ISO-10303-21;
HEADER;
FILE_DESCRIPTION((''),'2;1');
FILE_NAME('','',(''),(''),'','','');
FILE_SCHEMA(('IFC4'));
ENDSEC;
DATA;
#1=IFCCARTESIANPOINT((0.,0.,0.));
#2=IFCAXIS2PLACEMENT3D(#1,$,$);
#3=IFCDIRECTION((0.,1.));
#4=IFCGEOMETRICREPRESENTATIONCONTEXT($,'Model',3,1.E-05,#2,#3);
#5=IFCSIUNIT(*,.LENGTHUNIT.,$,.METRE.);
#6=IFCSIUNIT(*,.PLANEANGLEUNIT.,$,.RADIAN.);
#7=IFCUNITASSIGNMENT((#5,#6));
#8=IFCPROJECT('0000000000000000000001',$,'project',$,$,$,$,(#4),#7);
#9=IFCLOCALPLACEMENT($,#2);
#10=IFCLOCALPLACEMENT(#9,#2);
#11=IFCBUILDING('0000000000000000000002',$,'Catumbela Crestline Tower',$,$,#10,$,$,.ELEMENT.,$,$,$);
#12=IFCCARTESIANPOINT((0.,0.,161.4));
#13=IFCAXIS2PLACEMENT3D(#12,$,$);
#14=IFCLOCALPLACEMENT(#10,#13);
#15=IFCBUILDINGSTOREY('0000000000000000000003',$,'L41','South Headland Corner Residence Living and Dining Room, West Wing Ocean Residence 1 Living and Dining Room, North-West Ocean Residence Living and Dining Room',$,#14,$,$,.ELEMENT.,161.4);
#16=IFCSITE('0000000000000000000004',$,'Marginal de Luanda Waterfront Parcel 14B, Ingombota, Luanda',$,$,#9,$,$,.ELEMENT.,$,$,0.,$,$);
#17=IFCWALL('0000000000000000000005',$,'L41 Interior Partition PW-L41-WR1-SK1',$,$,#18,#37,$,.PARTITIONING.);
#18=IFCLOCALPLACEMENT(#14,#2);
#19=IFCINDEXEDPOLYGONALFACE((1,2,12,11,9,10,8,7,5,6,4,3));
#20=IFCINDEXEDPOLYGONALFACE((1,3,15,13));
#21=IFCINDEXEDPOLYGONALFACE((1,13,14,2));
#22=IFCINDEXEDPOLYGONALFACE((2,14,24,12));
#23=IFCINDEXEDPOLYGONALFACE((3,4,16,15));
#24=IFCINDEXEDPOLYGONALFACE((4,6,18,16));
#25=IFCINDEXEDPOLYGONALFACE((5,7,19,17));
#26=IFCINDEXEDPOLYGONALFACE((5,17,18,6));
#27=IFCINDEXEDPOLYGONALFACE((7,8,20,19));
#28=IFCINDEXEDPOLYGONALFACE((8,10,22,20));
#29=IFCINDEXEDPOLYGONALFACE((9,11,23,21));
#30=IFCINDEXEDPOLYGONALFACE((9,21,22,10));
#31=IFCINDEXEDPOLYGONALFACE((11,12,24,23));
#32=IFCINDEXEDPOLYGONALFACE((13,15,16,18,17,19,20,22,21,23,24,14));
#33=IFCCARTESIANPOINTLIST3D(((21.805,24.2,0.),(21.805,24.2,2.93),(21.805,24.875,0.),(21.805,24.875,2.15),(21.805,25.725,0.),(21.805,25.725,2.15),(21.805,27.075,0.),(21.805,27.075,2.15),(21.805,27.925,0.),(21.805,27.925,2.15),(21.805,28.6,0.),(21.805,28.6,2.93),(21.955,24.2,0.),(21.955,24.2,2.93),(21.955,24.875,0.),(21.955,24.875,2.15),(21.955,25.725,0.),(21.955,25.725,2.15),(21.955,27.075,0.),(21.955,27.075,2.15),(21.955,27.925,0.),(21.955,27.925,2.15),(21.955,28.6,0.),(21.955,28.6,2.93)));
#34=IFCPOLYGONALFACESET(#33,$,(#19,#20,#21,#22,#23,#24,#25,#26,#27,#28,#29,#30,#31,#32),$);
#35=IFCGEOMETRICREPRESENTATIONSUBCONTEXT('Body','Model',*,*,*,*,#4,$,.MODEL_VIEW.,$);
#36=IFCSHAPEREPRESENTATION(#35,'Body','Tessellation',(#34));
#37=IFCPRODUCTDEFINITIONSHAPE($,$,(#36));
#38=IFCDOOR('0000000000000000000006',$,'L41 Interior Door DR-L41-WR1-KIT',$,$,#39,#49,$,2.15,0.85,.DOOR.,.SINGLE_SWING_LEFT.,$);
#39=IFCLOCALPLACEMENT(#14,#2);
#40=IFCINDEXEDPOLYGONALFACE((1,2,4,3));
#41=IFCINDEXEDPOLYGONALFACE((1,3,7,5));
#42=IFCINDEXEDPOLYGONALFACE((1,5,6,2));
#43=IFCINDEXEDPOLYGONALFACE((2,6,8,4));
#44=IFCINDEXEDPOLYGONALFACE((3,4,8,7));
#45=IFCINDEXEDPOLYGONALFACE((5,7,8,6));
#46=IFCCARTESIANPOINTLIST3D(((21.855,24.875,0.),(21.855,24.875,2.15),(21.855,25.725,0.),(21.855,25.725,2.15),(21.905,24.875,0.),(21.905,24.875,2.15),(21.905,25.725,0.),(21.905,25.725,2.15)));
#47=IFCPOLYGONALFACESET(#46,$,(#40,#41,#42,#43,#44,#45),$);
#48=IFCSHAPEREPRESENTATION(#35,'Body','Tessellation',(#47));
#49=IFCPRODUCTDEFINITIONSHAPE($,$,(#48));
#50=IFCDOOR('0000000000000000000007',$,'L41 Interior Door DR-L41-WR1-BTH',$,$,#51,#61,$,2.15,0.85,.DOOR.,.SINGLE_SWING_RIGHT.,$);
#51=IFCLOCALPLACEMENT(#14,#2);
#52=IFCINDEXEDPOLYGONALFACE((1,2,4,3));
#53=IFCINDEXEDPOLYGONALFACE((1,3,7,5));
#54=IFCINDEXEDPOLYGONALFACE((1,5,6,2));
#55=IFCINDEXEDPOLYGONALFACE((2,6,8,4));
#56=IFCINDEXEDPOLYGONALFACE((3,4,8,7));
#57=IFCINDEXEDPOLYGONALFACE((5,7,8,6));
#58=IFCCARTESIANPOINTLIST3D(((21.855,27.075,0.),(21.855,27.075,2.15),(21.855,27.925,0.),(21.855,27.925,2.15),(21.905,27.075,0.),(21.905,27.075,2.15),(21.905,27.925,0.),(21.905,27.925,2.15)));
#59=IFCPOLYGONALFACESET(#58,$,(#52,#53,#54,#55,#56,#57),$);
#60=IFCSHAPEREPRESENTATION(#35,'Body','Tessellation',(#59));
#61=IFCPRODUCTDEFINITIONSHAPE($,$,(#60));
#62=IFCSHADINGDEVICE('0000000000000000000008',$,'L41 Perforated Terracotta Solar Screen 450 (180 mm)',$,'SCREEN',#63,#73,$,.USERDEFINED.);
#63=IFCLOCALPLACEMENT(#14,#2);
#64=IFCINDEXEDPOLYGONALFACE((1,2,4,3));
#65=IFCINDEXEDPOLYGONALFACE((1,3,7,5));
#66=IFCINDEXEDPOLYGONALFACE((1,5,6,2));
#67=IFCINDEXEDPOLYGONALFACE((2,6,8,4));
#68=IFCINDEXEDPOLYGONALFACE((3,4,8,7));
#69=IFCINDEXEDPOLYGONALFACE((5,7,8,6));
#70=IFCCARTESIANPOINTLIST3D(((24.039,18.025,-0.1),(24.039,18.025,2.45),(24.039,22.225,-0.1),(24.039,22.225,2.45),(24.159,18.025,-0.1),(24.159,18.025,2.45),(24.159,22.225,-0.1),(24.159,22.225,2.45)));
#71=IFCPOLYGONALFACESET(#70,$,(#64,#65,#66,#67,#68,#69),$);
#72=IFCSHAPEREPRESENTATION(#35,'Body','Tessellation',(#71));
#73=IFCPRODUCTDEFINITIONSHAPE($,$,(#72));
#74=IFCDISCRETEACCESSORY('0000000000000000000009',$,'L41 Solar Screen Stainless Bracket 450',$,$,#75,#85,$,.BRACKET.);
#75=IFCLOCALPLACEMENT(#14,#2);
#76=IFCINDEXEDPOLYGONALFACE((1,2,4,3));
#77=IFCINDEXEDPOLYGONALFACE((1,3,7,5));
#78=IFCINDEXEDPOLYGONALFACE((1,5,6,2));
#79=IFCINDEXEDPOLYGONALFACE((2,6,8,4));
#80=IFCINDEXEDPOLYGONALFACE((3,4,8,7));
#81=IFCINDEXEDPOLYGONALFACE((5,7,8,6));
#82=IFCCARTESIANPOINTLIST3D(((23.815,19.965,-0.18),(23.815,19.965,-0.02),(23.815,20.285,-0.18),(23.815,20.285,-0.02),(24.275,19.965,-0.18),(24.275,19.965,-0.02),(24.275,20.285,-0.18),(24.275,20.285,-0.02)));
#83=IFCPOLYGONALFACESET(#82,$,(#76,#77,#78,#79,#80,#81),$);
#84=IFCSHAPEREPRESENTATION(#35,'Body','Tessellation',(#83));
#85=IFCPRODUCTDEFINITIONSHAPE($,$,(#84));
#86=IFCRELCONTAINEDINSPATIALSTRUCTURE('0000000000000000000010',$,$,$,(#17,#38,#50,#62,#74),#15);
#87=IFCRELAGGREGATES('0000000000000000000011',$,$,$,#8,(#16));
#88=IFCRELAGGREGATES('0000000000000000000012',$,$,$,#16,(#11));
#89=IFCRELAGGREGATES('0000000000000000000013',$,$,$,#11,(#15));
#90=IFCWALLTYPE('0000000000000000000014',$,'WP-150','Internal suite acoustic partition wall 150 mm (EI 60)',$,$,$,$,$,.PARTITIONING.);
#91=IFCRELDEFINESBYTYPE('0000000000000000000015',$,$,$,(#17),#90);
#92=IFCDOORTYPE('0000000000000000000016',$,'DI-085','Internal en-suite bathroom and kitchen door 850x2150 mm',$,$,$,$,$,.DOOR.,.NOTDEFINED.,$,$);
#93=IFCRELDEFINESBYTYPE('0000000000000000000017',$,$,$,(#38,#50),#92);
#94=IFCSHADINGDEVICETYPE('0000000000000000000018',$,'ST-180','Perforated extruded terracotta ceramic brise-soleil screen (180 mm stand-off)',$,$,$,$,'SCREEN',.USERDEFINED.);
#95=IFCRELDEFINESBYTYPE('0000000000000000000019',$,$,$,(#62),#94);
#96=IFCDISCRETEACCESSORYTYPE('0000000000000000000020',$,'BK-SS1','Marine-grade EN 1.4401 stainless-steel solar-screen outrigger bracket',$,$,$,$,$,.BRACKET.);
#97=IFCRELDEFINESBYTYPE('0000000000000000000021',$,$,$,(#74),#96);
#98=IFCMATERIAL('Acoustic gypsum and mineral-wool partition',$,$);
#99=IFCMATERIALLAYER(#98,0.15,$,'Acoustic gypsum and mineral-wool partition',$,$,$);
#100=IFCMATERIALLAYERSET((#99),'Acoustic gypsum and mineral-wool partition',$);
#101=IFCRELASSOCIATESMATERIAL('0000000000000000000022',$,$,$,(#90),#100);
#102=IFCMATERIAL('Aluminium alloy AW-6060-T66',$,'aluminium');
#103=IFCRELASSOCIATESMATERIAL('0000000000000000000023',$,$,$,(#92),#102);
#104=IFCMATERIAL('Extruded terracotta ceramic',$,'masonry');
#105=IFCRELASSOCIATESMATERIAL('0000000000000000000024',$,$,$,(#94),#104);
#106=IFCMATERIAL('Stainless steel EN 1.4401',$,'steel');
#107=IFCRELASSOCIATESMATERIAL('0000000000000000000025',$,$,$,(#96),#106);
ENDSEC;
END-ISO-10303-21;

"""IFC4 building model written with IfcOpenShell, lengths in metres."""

from ifc_helpers import new_model, si_unit, direction, frame, frame_2d, origin, origin_2d, place, context, subcontext, project, spatial, rectangle, extrude, material, layer, layer_set, type_object, element, fill, save


model = new_model("IFC4")

# Units and contexts
model_context = context("Model", 3, precision=1e-05, world=origin(), true_north=direction((0.0, 1.0)))
body_context = subcontext(model_context, "Body", "Model", "MODEL_VIEW")
ifc_project = project(units=[si_unit("LENGTHUNIT", "METRE"), si_unit("PLANEANGLEUNIT", "RADIAN")], contexts=[model_context])

# Site, building, storey
site_placement = place(None, origin())
site = spatial("IfcSite", under=ifc_project, at=site_placement, Name="Marginal de Luanda Waterfront Parcel 14B, Ingombota, Luanda", CompositionType="ELEMENT", RefElevation=0.0)
building_placement = place(site_placement, origin())
building = spatial("IfcBuilding", under=site, at=building_placement, Name="Catumbela Crestline Tower", CompositionType="ELEMENT")
storey_placement = place(building_placement, frame((0.0, 0.0, 161.4)))
storey = spatial("IfcBuildingStorey", under=building, at=storey_placement, Name="L41", Description="South Headland Corner Residence Living and Dining Room, West Wing Ocean Residence 1 Living and Dining Room, North-West Ocean Residence Living and Dining Room", CompositionType="ELEMENT", Elevation=161.4)

# Shared definitions
ifc_material_1 = material(Name="Aluminium alloy AW-6060-T66", Category="aluminium")

# Shared definitions
ifc_material_2 = material(Name="Acoustic gypsum and mineral-wool partition")
ifc_layer_1 = layer(ifc_material_2, 0.15, Name="Acoustic gypsum and mineral-wool partition")
ifc_layer_set_1 = layer_set([ifc_layer_1], Name="Acoustic gypsum and mineral-wool partition")
wall_type_1 = type_object("IfcWallType", Name="WP-150", Description="Internal suite acoustic partition wall 150 mm (EI 60)", PredefinedType="PARTITIONING", material=ifc_layer_set_1)

# Wall, openings, doors
door_type_1 = type_object("IfcDoorType", Name="DI-085", Description="Internal en-suite bathroom and kitchen door 850x2150 mm", OperationType="NOTDEFINED", PredefinedType="DOOR", material=ifc_material_1)
wall_1_placement = place(storey_placement, frame((21.88, 24.2, 0.0), z_axis=(0.0, 0.0, 1.0), x_axis=(0.0, 1.0, 0.0)))
wall_1 = element("IfcWall", 1, at=wall_1_placement, inside=storey, type_object=wall_type_1, Name="L41 Interior Partition PW-L41-WR1-SK1", PredefinedType="PARTITIONING", context=body_context, shape_type="SweptSolid", body=[
    extrude(rectangle(XDim=4.4, YDim=0.15, at=frame_2d((2.2, 0.0))), origin(), (0.0, 0.0, 1.0), 2.93),
])
opening_1_placement = place(wall_1_placement, frame((0.675, 0.0, 0.0)))
opening_1 = element("IfcOpeningElement", 2, at=opening_1_placement, cuts=wall_1, PredefinedType="OPENING", context=body_context, shape_type="SweptSolid", body=[
    extrude(rectangle(XDim=0.85, YDim=2.15, at=frame_2d((0.425, 1.075))), frame((0.0, 0.085, 0.0), z_axis=(0.0, -1.0, 0.0), x_axis=(1.0, 0.0, 0.0)), (0.0, 0.0, 1.0), 0.17),
])
opening_2_placement = place(wall_1_placement, frame((2.875, 0.0, 0.0)))
opening_2 = element("IfcOpeningElement", 3, at=opening_2_placement, cuts=wall_1, PredefinedType="OPENING", context=body_context, shape_type="SweptSolid", body=[
    extrude(rectangle(XDim=0.85, YDim=2.15, at=frame_2d((0.425, 1.075))), frame((0.0, 0.085, 0.0), z_axis=(0.0, -1.0, 0.0), x_axis=(1.0, 0.0, 0.0)), (0.0, 0.0, 1.0), 0.17),
])
door_1_placement = place(opening_1_placement, origin())
door_1 = element("IfcDoor", 4, at=door_1_placement, inside=storey, type_object=door_type_1, Name="L41 Interior Door DR-L41-WR1-KIT", OperationType="SINGLE_SWING_LEFT", OverallHeight=2.15, OverallWidth=0.85, PredefinedType="DOOR", context=body_context, shape_type="SweptSolid", body=[
    extrude(rectangle(XDim=0.85, YDim=2.15, at=frame_2d((0.425, 1.075))), frame((0.0, 0.025, 0.0), z_axis=(0.0, -1.0, 0.0), x_axis=(1.0, 0.0, 0.0)), (0.0, 0.0, 1.0), 0.05),
])
fill(opening_1, door_1)
door_2_placement = place(opening_2_placement, origin())
door_2 = element("IfcDoor", 5, at=door_2_placement, inside=storey, type_object=door_type_1, Name="L41 Interior Door DR-L41-WR1-BTH", OperationType="SINGLE_SWING_RIGHT", OverallHeight=2.15, OverallWidth=0.85, PredefinedType="DOOR", context=body_context, shape_type="SweptSolid", body=[
    extrude(rectangle(XDim=0.85, YDim=2.15, at=frame_2d((0.425, 1.075))), frame((0.0, 0.025, 0.0), z_axis=(0.0, -1.0, 0.0), x_axis=(1.0, 0.0, 0.0)), (0.0, 0.0, 1.0), 0.05),
])
fill(opening_2, door_2)

# Shared definitions
ifc_material_3 = material(Name="Stainless steel EN 1.4401", Category="steel")

# Shading device
ifc_material_4 = material(Name="Extruded terracotta ceramic", Category="masonry")
shading_device_type = type_object("IfcShadingDeviceType", Name="ST-180", Description="Perforated extruded terracotta ceramic brise-soleil screen (180 mm stand-off)", ElementType="SCREEN", PredefinedType="USERDEFINED", material=ifc_material_4)
shading_device_placement = place(storey_placement, frame((24.099, 20.125, -0.1), z_axis=(0.0, 0.0, 1.0), x_axis=(0.0, 1.0, 0.0)))
element("IfcShadingDevice", 6, at=shading_device_placement, inside=storey, type_object=shading_device_type, Name="L41 Perforated Terracotta Solar Screen 450 (180 mm)", ObjectType="SCREEN", PredefinedType="USERDEFINED", context=body_context, shape_type="SweptSolid", body=[
    extrude(rectangle(XDim=4.2, YDim=0.12, at=origin_2d()), origin(), (0.0, 0.0, 1.0), 2.55),
])

# Discrete accessory
discrete_accessory_type = type_object("IfcDiscreteAccessoryType", Name="BK-SS1", Description="Marine-grade EN 1.4401 stainless-steel solar-screen outrigger bracket", PredefinedType="BRACKET", material=ifc_material_3)
discrete_accessory_placement = place(storey_placement, frame((24.045, 20.125, -0.18), z_axis=(0.0, 0.0, 1.0), x_axis=(0.0, 1.0, 0.0)))
element("IfcDiscreteAccessory", 7, at=discrete_accessory_placement, inside=storey, type_object=discrete_accessory_type, Name="L41 Solar Screen Stainless Bracket 450", PredefinedType="BRACKET", context=body_context, shape_type="SweptSolid", body=[
    extrude(rectangle(XDim=0.32, YDim=0.46, at=origin_2d()), origin(), (0.0, 0.0, 1.0), 0.16),
])

save(model, "model.ifc")
